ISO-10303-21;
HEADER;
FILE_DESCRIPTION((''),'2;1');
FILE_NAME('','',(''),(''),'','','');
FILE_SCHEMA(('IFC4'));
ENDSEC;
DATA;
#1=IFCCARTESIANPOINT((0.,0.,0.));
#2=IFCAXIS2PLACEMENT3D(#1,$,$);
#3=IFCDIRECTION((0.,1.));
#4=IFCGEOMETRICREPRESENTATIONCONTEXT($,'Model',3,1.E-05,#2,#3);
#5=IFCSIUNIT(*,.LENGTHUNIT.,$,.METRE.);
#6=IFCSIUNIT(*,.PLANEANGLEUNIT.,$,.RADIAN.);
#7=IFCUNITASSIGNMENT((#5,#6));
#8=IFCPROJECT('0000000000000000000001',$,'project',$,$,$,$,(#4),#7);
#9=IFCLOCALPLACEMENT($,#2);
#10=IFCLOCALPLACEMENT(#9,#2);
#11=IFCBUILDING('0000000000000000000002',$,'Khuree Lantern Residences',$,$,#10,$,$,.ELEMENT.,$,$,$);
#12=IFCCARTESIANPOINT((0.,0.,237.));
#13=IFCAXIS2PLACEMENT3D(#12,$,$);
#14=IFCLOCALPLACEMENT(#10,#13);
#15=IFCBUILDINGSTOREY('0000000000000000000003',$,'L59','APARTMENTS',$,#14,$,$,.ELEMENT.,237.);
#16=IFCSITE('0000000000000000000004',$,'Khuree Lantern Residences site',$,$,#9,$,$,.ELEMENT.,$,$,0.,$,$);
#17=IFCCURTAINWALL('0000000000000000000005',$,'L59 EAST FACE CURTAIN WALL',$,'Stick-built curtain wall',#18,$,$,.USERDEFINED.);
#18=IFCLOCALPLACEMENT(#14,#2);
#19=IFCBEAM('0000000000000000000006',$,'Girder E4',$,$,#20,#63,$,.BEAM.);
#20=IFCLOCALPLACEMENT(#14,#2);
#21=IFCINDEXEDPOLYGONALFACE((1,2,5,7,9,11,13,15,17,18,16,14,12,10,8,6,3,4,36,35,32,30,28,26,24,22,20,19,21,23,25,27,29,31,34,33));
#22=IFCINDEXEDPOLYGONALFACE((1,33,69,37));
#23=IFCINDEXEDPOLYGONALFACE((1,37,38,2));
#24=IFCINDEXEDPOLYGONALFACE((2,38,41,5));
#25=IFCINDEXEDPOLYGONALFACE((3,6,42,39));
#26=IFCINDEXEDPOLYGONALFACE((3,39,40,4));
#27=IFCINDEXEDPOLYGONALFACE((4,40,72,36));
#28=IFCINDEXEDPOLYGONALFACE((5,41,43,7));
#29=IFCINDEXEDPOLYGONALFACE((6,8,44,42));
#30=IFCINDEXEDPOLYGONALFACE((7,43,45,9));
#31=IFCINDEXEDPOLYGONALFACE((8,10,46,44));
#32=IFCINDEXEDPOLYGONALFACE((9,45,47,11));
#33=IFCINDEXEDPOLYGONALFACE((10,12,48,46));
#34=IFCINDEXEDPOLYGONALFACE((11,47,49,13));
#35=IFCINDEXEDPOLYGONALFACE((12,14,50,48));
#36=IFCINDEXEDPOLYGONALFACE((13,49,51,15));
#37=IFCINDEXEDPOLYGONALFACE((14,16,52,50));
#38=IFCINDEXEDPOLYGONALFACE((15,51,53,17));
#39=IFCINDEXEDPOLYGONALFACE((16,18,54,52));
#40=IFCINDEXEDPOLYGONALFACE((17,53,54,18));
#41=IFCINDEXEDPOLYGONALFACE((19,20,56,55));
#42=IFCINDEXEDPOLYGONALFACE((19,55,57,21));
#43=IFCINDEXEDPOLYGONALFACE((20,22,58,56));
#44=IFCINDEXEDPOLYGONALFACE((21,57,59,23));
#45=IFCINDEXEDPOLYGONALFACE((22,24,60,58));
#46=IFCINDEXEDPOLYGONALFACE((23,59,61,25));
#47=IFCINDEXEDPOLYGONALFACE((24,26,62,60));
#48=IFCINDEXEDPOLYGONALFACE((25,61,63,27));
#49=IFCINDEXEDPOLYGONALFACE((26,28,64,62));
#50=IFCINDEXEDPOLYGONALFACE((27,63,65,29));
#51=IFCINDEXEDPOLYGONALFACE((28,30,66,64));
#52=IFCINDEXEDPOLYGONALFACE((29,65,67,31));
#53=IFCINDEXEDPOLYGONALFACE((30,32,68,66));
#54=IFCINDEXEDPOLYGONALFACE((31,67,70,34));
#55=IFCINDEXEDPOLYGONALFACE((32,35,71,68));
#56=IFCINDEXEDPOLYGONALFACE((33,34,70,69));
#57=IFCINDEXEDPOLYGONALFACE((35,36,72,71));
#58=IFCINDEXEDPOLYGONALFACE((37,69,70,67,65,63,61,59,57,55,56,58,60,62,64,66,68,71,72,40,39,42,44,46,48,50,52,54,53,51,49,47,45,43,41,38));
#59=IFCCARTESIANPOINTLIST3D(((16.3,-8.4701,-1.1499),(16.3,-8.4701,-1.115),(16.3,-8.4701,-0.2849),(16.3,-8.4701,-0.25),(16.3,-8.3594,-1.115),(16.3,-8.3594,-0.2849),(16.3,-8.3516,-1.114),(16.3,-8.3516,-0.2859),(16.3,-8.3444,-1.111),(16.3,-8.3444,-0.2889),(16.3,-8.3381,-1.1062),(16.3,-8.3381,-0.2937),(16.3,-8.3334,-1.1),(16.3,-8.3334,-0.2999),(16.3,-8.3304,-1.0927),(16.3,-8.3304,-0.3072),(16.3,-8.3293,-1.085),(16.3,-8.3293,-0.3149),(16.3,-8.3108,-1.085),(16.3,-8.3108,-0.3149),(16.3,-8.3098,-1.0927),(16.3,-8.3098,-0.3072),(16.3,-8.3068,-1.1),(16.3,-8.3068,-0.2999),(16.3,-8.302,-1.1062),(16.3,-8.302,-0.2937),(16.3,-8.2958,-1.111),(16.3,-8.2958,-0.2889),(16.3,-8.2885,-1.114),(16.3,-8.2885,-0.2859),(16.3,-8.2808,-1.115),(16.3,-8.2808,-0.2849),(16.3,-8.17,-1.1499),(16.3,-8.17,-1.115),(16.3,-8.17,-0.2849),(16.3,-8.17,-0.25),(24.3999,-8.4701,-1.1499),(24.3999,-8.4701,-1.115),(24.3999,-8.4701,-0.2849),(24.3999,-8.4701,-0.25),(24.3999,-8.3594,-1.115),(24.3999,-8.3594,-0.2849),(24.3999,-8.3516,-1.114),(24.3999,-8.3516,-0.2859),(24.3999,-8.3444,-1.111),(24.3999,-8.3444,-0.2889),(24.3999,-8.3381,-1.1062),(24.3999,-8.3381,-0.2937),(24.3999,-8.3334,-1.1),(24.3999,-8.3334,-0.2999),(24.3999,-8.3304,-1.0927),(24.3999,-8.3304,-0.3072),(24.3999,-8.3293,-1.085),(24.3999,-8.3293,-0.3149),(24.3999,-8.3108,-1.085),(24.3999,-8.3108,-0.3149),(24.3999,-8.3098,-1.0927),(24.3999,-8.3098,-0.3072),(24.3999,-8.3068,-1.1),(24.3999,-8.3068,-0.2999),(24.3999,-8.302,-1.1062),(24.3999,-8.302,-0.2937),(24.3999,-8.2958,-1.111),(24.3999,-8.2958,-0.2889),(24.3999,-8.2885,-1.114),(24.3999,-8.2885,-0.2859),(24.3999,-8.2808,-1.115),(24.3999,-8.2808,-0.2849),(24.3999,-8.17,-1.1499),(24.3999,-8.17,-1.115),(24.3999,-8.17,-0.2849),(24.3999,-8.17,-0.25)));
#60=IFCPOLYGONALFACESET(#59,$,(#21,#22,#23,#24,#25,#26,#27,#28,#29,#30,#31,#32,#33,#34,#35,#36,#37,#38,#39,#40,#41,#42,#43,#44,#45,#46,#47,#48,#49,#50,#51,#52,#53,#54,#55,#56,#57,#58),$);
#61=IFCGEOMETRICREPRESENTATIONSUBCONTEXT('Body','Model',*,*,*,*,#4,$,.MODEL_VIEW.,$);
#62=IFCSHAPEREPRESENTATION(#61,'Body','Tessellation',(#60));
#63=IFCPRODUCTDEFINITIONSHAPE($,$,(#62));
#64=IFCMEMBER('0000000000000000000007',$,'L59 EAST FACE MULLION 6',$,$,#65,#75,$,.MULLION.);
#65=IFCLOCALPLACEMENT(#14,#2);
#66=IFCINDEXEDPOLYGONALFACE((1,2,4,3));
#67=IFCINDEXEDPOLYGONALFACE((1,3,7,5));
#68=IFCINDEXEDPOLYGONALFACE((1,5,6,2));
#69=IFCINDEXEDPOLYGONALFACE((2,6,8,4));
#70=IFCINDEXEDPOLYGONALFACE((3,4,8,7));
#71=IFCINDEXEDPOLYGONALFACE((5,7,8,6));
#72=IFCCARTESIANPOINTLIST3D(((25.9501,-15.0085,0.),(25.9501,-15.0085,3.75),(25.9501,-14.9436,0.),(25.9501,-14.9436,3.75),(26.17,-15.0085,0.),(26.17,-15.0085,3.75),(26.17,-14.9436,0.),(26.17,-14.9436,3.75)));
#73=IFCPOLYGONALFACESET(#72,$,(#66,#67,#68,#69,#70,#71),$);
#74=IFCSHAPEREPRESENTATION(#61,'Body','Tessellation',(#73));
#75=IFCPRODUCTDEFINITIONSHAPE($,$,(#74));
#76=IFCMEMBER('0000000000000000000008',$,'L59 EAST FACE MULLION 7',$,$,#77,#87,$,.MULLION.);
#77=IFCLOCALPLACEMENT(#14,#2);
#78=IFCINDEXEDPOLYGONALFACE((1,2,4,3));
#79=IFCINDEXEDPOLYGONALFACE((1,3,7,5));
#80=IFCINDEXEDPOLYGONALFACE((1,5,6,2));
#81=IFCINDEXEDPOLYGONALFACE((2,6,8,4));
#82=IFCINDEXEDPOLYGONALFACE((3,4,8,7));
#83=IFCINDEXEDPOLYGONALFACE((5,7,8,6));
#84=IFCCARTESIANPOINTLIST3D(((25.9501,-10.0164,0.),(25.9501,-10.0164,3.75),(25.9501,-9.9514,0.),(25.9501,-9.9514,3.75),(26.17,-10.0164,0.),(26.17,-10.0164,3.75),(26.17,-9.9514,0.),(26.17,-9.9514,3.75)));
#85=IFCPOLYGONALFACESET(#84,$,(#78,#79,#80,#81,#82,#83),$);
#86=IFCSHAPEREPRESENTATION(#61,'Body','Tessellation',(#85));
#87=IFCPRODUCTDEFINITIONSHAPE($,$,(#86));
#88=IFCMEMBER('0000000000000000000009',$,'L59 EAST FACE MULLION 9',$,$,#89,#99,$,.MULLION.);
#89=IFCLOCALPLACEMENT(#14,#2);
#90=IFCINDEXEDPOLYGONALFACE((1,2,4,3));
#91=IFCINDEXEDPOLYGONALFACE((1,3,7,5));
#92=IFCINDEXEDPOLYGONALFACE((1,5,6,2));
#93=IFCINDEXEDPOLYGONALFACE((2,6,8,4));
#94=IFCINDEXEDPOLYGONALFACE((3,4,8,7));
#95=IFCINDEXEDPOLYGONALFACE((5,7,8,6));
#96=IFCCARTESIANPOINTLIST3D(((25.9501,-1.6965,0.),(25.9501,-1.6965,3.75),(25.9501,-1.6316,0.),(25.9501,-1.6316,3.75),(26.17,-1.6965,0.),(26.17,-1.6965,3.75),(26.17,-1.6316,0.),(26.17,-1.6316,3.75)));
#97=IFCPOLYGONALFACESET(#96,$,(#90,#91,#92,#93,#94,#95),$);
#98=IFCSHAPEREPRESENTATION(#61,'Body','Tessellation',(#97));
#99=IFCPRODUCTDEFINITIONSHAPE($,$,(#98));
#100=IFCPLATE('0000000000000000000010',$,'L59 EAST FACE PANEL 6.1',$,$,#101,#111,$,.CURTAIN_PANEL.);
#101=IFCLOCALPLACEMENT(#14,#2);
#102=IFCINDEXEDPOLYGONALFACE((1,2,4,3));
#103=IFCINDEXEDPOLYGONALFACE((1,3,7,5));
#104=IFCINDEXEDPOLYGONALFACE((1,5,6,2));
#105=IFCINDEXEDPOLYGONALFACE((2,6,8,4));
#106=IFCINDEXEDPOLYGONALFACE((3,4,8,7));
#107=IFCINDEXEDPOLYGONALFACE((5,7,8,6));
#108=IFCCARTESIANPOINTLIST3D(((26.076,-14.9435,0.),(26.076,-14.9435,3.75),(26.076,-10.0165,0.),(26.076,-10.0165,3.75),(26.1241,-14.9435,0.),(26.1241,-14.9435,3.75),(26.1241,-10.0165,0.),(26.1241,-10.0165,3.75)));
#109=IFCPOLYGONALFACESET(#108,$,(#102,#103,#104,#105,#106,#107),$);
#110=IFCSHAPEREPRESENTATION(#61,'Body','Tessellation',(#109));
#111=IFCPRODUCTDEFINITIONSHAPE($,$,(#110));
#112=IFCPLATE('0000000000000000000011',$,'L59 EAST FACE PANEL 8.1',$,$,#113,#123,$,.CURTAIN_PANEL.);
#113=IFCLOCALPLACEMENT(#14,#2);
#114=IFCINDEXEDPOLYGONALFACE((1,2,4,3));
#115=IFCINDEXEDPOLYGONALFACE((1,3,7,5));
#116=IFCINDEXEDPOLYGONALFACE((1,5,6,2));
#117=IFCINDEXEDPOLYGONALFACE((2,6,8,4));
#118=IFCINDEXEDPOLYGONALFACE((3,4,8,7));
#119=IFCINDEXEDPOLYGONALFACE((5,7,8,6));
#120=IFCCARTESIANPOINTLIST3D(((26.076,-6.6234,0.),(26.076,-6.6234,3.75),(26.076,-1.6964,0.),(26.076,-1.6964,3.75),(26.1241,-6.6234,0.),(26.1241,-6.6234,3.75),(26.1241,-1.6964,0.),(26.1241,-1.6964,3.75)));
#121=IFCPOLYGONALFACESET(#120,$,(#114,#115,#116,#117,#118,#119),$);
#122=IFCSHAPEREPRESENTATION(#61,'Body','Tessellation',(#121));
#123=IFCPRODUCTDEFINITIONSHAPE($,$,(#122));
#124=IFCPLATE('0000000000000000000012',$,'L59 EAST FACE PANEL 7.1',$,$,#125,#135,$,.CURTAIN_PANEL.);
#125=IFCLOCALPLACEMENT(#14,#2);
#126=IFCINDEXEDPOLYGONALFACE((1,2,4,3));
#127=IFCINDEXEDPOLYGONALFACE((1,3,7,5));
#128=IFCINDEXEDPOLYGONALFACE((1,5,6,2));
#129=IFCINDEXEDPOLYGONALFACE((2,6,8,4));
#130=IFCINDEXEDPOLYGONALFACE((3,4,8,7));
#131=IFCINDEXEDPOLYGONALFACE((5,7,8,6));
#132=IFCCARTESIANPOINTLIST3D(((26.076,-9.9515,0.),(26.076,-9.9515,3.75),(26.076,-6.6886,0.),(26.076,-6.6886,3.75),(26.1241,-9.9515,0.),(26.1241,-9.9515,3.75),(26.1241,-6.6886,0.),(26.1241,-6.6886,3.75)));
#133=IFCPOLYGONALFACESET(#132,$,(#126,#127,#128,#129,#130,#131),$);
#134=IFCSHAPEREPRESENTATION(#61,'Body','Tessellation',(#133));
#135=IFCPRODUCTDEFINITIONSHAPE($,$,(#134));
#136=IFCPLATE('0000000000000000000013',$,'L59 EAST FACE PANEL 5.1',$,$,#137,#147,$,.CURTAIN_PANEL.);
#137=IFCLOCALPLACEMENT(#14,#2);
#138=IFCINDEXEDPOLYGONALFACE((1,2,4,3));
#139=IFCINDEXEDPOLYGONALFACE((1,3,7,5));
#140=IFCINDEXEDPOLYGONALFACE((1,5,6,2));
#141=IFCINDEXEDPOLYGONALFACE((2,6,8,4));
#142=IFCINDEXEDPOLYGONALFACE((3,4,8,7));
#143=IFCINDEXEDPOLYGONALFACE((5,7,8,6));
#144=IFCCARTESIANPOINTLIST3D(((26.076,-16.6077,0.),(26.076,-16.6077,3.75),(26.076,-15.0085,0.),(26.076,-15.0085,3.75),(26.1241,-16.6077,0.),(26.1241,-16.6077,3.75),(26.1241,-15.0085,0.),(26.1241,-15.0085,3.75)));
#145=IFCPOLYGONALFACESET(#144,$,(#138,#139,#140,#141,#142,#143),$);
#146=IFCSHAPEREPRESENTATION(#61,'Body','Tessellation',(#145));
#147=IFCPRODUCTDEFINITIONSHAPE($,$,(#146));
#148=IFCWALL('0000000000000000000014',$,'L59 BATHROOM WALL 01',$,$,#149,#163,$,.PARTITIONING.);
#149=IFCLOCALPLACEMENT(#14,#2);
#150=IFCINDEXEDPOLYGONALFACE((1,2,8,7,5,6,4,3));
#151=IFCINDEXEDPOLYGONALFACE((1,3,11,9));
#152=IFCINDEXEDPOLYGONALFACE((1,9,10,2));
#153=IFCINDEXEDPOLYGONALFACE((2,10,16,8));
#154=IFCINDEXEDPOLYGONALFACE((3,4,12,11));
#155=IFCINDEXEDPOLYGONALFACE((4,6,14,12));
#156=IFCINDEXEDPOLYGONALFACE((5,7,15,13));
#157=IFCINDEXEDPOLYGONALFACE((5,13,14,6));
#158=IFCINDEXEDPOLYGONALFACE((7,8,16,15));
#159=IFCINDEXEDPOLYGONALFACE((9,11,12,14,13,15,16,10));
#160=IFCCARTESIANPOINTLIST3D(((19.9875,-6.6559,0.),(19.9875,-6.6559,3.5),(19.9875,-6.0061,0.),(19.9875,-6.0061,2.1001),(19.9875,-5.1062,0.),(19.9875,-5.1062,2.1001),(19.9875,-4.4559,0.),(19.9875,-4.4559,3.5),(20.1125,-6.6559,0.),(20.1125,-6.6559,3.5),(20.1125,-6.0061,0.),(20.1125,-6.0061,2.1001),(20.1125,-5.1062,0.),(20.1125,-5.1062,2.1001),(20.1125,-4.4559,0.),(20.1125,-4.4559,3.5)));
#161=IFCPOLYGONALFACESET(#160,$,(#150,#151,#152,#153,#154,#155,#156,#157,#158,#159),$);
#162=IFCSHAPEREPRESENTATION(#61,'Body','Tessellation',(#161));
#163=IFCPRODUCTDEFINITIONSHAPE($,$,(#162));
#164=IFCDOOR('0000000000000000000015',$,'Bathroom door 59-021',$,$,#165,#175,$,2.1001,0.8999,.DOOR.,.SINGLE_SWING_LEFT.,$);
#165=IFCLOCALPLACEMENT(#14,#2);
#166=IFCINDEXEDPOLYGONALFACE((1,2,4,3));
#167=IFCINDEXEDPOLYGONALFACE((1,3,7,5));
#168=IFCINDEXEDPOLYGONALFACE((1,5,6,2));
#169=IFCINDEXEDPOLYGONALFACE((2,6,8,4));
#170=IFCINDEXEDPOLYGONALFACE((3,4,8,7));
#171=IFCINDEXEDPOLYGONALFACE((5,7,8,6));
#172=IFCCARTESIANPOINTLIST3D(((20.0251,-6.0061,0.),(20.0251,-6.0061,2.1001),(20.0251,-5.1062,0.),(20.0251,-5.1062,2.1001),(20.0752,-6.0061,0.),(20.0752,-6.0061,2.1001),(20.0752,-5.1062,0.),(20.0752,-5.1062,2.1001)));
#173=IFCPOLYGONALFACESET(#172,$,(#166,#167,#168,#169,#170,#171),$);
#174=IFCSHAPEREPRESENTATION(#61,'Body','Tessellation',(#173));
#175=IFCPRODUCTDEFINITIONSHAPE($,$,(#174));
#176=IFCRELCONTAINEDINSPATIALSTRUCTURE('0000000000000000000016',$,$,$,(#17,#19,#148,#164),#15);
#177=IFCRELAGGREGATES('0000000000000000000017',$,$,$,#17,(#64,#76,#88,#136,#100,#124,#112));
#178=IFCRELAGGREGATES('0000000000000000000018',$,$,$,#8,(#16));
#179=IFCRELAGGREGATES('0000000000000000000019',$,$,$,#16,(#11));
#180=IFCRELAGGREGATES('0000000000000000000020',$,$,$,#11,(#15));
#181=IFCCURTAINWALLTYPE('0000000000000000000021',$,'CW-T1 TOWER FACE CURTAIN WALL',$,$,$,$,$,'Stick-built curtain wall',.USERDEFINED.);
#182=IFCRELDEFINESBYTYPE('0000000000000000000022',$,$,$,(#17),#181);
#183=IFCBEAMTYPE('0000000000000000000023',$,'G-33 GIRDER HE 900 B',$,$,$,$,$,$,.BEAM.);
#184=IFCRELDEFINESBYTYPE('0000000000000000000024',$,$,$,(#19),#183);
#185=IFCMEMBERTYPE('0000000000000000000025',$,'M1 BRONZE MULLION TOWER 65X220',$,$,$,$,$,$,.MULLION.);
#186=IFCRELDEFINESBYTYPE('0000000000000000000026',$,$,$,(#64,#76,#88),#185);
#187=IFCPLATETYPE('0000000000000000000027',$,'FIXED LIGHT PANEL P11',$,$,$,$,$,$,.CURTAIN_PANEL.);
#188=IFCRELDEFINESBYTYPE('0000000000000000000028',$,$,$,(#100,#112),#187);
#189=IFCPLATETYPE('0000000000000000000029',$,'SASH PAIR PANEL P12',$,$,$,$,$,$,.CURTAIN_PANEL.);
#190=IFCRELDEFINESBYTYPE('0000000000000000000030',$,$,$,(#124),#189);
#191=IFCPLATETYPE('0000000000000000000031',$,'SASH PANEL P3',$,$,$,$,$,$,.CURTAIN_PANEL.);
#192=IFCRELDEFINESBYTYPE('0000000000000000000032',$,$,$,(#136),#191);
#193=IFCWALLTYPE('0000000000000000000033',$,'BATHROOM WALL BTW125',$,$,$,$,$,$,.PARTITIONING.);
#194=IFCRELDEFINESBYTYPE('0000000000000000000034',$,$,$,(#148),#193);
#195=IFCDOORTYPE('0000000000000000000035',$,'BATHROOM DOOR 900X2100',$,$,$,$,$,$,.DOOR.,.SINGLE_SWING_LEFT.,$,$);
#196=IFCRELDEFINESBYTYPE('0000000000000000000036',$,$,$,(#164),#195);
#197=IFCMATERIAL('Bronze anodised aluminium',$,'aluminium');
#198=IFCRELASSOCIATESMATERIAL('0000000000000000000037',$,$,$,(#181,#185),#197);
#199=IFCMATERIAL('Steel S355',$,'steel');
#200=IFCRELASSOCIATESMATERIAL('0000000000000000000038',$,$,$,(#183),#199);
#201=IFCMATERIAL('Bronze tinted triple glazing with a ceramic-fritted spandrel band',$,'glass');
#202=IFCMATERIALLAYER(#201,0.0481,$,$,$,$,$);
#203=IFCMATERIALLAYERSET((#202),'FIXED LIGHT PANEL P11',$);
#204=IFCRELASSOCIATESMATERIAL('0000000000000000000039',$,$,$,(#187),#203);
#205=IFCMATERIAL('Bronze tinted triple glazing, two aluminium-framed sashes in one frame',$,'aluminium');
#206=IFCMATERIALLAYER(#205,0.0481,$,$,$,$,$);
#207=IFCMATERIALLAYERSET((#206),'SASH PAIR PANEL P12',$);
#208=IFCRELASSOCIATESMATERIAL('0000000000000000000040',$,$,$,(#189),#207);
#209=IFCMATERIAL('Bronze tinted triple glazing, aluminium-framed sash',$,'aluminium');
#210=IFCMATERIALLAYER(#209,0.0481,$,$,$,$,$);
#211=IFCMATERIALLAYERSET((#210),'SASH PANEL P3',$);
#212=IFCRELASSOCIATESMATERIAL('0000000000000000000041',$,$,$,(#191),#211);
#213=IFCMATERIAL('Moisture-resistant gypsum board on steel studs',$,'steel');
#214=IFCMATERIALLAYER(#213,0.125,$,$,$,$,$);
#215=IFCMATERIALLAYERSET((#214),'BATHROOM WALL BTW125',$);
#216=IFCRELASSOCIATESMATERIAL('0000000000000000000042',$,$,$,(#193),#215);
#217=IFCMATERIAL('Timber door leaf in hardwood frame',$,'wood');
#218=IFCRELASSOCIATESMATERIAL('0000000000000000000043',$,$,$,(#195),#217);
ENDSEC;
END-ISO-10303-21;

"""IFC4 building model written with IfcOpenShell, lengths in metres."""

from ifc_helpers import new_model, si_unit, direction, frame, frame_2d, origin, origin_2d, place, context, subcontext, project, spatial, rectangle, i_section, extrude, material, layer, layer_set, material_profile, profile_set, type_object, element, fill, aggregate, save


model = new_model("IFC4")

# Units and contexts
model_context = context("Model", 3, precision=1e-05, world=origin(), true_north=direction((0.0, 1.0)))
body_context = subcontext(model_context, "Body", "Model", "MODEL_VIEW")
ifc_project = project(units=[si_unit("LENGTHUNIT", "METRE"), si_unit("PLANEANGLEUNIT", "RADIAN")], contexts=[model_context])

# Site, building, storey
site_placement = place(None, origin())
site = spatial("IfcSite", under=ifc_project, at=site_placement, Name="Khuree Lantern Residences site", CompositionType="ELEMENT", RefElevation=0.0)
building_placement = place(site_placement, origin())
building = spatial("IfcBuilding", under=site, at=building_placement, Name="Khuree Lantern Residences", CompositionType="ELEMENT")
storey_placement = place(building_placement, frame((0.0, 0.0, 237.0)))
storey = spatial("IfcBuildingStorey", under=building, at=storey_placement, Name="L59", Description="APARTMENTS", CompositionType="ELEMENT", Elevation=237.0)

# Shared definitions
ifc_material_1 = material(Name="Steel S355", Category="steel")

# Curtain wall
ifc_material_2 = material(Name="Bronze anodised aluminium", Category="aluminium")
curtain_wall_type = type_object("IfcCurtainWallType", Name="CW-T1 TOWER FACE CURTAIN WALL", ElementType="Stick-built curtain wall", PredefinedType="USERDEFINED", material=ifc_material_2)
curtain_wall_placement = place(storey_placement, origin())
curtain_wall = element("IfcCurtainWall", 1, at=curtain_wall_placement, inside=storey, type_object=curtain_wall_type, Name="L59 EAST FACE CURTAIN WALL", ObjectType="Stick-built curtain wall", PredefinedType="USERDEFINED")

# Beam
ifc_material_profile_1 = material_profile(ifc_material_1, i_section(OverallWidth=0.3, OverallDepth=0.8999, WebThickness=0.0186, FlangeThickness=0.0349, FilletRadius=0.03, at=origin_2d()), Name="HE 900 B")
ifc_profile_set_1 = profile_set([ifc_material_profile_1], Name="Steel S355")
beam_type_1 = type_object("IfcBeamType", Name="G-33 GIRDER HE 900 B", PredefinedType="BEAM", material=ifc_profile_set_1)
beam_1_placement = place(storey_placement, frame((24.3999, -8.3201, -0.7), z_axis=(-1.0, 0.0, 0.0), x_axis=(0.0, -1.0, 0.0)))
element("IfcBeam", 2, at=beam_1_placement, inside=storey, type_object=beam_type_1, Name="Girder E4", PredefinedType="BEAM", context=body_context, shape_type="SweptSolid", body=[
    extrude(i_section(OverallWidth=0.3, OverallDepth=0.8999, WebThickness=0.0186, FlangeThickness=0.0349, FilletRadius=0.03, at=origin_2d()), origin(), (0.0, 0.0, 1.0), 8.0999),
])

# Members
ifc_material_profile_2 = material_profile(ifc_material_2, rectangle(XDim=0.0649, YDim=0.22, at=origin_2d()), Name="M1 65X220")
ifc_profile_set_2 = profile_set([ifc_material_profile_2], Name="Bronze anodised aluminium")
member_type_1 = type_object("IfcMemberType", Name="M1 BRONZE MULLION TOWER 65X220", PredefinedType="MULLION", material=ifc_profile_set_2)
member_1_placement = place(storey_placement, frame((26.0601, -14.9761, 0.0), z_axis=(0.0, 0.0, 1.0), x_axis=(0.0, 1.0, 0.0)))
member_1 = element("IfcMember", 3, at=member_1_placement, type_object=member_type_1, Name="L59 EAST FACE MULLION 6", PredefinedType="MULLION", context=body_context, shape_type="SweptSolid", body=[
    extrude(rectangle(XDim=0.0649, YDim=0.22, at=origin_2d()), origin(), (0.0, 0.0, 1.0), 3.75),
])
member_2_placement = place(storey_placement, frame((26.0601, -9.9839, 0.0), z_axis=(0.0, 0.0, 1.0), x_axis=(0.0, 1.0, 0.0)))
member_2 = element("IfcMember", 4, at=member_2_placement, type_object=member_type_1, Name="L59 EAST FACE MULLION 7", PredefinedType="MULLION", context=body_context, shape_type="SweptSolid", body=[
    extrude(rectangle(XDim=0.0649, YDim=0.22, at=origin_2d()), origin(), (0.0, 0.0, 1.0), 3.75),
])
member_3_placement = place(storey_placement, frame((26.0601, -1.6641, 0.0), z_axis=(0.0, 0.0, 1.0), x_axis=(0.0, 1.0, 0.0)))
member_3 = element("IfcMember", 5, at=member_3_placement, type_object=member_type_1, Name="L59 EAST FACE MULLION 9", PredefinedType="MULLION", context=body_context, shape_type="SweptSolid", body=[
    extrude(rectangle(XDim=0.0649, YDim=0.22, at=origin_2d()), origin(), (0.0, 0.0, 1.0), 3.75),
])

# Plates
ifc_material_3 = material(Name="Bronze tinted triple glazing with a ceramic-fritted spandrel band", Category="glass")
ifc_layer_1 = layer(ifc_material_3, 0.0481)
ifc_layer_set_1 = layer_set([ifc_layer_1], Name="FIXED LIGHT PANEL P11")
plate_type_1 = type_object("IfcPlateType", Name="FIXED LIGHT PANEL P11", PredefinedType="CURTAIN_PANEL", material=ifc_layer_set_1)
plate_1_placement = place(storey_placement, frame((26.1001, -12.48, 0.0), z_axis=(0.0, 0.0, 1.0), x_axis=(0.0, 1.0, 0.0)))
plate_1 = element("IfcPlate", 6, at=plate_1_placement, type_object=plate_type_1, Name="L59 EAST FACE PANEL 6.1", PredefinedType="CURTAIN_PANEL", context=body_context, shape_type="SweptSolid", body=[
    extrude(rectangle(XDim=4.927, YDim=0.0481, at=origin_2d()), origin(), (0.0, 0.0, 1.0), 3.75),
])
plate_2_placement = place(storey_placement, frame((26.1001, -4.1599, 0.0), z_axis=(0.0, 0.0, 1.0), x_axis=(0.0, 1.0, 0.0)))
plate_2 = element("IfcPlate", 7, at=plate_2_placement, type_object=plate_type_1, Name="L59 EAST FACE PANEL 8.1", PredefinedType="CURTAIN_PANEL", context=body_context, shape_type="SweptSolid", body=[
    extrude(rectangle(XDim=4.927, YDim=0.0481, at=origin_2d()), origin(), (0.0, 0.0, 1.0), 3.75),
])
ifc_material_4 = material(Name="Bronze tinted triple glazing, two aluminium-framed sashes in one frame", Category="aluminium")
ifc_layer_2 = layer(ifc_material_4, 0.0481)
ifc_layer_set_2 = layer_set([ifc_layer_2], Name="SASH PAIR PANEL P12")
plate_type_2 = type_object("IfcPlateType", Name="SASH PAIR PANEL P12", PredefinedType="CURTAIN_PANEL", material=ifc_layer_set_2)
plate_3_placement = place(storey_placement, frame((26.1001, -8.3201, 0.0), z_axis=(0.0, 0.0, 1.0), x_axis=(0.0, 1.0, 0.0)))
plate_3 = element("IfcPlate", 8, at=plate_3_placement, type_object=plate_type_2, Name="L59 EAST FACE PANEL 7.1", PredefinedType="CURTAIN_PANEL", context=body_context, shape_type="SweptSolid", body=[
    extrude(rectangle(XDim=3.2629, YDim=0.0481, at=origin_2d()), origin(), (0.0, 0.0, 1.0), 3.75),
])
ifc_material_5 = material(Name="Bronze tinted triple glazing, aluminium-framed sash", Category="aluminium")
ifc_layer_3 = layer(ifc_material_5, 0.0481)
ifc_layer_set_3 = layer_set([ifc_layer_3], Name="SASH PANEL P3")
plate_type_3 = type_object("IfcPlateType", Name="SASH PANEL P3", PredefinedType="CURTAIN_PANEL", material=ifc_layer_set_3)
plate_4_placement = place(storey_placement, frame((26.1001, -15.8081, 0.0), z_axis=(0.0, 0.0, 1.0), x_axis=(0.0, 1.0, 0.0)))
plate_4 = element("IfcPlate", 9, at=plate_4_placement, type_object=plate_type_3, Name="L59 EAST FACE PANEL 5.1", PredefinedType="CURTAIN_PANEL", context=body_context, shape_type="SweptSolid", body=[
    extrude(rectangle(XDim=1.5991, YDim=0.0481, at=origin_2d()), origin(), (0.0, 0.0, 1.0), 3.75),
])
aggregate(curtain_wall, [member_1, member_2, member_3, plate_4, plate_1, plate_3, plate_2])

# Wall, opening, door
ifc_material_6 = material(Name="Moisture-resistant gypsum board on steel studs", Category="steel")
ifc_layer_4 = layer(ifc_material_6, 0.125)
ifc_layer_set_4 = layer_set([ifc_layer_4], Name="BATHROOM WALL BTW125")
wall_type_1 = type_object("IfcWallType", Name="BATHROOM WALL BTW125", PredefinedType="PARTITIONING", material=ifc_layer_set_4)
wall_1_placement = place(storey_placement, frame((20.05, -6.656, 0.0), z_axis=(0.0, 0.0, 1.0), x_axis=(0.0, 1.0, 0.0)))
wall_1 = element("IfcWall", 10, at=wall_1_placement, inside=storey, type_object=wall_type_1, Name="L59 BATHROOM WALL 01", PredefinedType="PARTITIONING", context=body_context, shape_type="SweptSolid", body=[
    extrude(rectangle(XDim=2.2, YDim=0.125, at=frame_2d((1.1001, 0.0))), origin(), (0.0, 0.0, 1.0), 3.5),
])
opening_1_placement = place(wall_1_placement, frame((0.6499, 0.0, 0.0)))
opening_1 = element("IfcOpeningElement", 11, at=opening_1_placement, cuts=wall_1, PredefinedType="OPENING", context=body_context, shape_type="SweptSolid", body=[
    extrude(rectangle(XDim=0.8999, YDim=2.1001, at=frame_2d((0.45, 1.05))), frame((0.0, 0.0725, 0.0), z_axis=(0.0, -1.0, 0.0), x_axis=(1.0, 0.0, 0.0)), (0.0, 0.0, 1.0), 0.145),
])
ifc_material_7 = material(Name="Timber door leaf in hardwood frame", Category="wood")
door_type_1 = type_object("IfcDoorType", Name="BATHROOM DOOR 900X2100", OperationType="SINGLE_SWING_LEFT", PredefinedType="DOOR", material=ifc_material_7)
door_1_placement = place(opening_1_placement, origin())
door_1 = element("IfcDoor", 12, at=door_1_placement, inside=storey, type_object=door_type_1, Name="Bathroom door 59-021", OperationType="SINGLE_SWING_LEFT", OverallHeight=2.1001, OverallWidth=0.8999, PredefinedType="DOOR", context=body_context, shape_type="SweptSolid", body=[
    extrude(rectangle(XDim=0.8999, YDim=2.1001, at=frame_2d((0.45, 1.05))), frame((0.0, 0.0249, 0.0), z_axis=(0.0, -1.0, 0.0), x_axis=(1.0, 0.0, 0.0)), (0.0, 0.0, 1.0), 0.05),
])
fill(opening_1, door_1)

save(model, "model.ifc")
